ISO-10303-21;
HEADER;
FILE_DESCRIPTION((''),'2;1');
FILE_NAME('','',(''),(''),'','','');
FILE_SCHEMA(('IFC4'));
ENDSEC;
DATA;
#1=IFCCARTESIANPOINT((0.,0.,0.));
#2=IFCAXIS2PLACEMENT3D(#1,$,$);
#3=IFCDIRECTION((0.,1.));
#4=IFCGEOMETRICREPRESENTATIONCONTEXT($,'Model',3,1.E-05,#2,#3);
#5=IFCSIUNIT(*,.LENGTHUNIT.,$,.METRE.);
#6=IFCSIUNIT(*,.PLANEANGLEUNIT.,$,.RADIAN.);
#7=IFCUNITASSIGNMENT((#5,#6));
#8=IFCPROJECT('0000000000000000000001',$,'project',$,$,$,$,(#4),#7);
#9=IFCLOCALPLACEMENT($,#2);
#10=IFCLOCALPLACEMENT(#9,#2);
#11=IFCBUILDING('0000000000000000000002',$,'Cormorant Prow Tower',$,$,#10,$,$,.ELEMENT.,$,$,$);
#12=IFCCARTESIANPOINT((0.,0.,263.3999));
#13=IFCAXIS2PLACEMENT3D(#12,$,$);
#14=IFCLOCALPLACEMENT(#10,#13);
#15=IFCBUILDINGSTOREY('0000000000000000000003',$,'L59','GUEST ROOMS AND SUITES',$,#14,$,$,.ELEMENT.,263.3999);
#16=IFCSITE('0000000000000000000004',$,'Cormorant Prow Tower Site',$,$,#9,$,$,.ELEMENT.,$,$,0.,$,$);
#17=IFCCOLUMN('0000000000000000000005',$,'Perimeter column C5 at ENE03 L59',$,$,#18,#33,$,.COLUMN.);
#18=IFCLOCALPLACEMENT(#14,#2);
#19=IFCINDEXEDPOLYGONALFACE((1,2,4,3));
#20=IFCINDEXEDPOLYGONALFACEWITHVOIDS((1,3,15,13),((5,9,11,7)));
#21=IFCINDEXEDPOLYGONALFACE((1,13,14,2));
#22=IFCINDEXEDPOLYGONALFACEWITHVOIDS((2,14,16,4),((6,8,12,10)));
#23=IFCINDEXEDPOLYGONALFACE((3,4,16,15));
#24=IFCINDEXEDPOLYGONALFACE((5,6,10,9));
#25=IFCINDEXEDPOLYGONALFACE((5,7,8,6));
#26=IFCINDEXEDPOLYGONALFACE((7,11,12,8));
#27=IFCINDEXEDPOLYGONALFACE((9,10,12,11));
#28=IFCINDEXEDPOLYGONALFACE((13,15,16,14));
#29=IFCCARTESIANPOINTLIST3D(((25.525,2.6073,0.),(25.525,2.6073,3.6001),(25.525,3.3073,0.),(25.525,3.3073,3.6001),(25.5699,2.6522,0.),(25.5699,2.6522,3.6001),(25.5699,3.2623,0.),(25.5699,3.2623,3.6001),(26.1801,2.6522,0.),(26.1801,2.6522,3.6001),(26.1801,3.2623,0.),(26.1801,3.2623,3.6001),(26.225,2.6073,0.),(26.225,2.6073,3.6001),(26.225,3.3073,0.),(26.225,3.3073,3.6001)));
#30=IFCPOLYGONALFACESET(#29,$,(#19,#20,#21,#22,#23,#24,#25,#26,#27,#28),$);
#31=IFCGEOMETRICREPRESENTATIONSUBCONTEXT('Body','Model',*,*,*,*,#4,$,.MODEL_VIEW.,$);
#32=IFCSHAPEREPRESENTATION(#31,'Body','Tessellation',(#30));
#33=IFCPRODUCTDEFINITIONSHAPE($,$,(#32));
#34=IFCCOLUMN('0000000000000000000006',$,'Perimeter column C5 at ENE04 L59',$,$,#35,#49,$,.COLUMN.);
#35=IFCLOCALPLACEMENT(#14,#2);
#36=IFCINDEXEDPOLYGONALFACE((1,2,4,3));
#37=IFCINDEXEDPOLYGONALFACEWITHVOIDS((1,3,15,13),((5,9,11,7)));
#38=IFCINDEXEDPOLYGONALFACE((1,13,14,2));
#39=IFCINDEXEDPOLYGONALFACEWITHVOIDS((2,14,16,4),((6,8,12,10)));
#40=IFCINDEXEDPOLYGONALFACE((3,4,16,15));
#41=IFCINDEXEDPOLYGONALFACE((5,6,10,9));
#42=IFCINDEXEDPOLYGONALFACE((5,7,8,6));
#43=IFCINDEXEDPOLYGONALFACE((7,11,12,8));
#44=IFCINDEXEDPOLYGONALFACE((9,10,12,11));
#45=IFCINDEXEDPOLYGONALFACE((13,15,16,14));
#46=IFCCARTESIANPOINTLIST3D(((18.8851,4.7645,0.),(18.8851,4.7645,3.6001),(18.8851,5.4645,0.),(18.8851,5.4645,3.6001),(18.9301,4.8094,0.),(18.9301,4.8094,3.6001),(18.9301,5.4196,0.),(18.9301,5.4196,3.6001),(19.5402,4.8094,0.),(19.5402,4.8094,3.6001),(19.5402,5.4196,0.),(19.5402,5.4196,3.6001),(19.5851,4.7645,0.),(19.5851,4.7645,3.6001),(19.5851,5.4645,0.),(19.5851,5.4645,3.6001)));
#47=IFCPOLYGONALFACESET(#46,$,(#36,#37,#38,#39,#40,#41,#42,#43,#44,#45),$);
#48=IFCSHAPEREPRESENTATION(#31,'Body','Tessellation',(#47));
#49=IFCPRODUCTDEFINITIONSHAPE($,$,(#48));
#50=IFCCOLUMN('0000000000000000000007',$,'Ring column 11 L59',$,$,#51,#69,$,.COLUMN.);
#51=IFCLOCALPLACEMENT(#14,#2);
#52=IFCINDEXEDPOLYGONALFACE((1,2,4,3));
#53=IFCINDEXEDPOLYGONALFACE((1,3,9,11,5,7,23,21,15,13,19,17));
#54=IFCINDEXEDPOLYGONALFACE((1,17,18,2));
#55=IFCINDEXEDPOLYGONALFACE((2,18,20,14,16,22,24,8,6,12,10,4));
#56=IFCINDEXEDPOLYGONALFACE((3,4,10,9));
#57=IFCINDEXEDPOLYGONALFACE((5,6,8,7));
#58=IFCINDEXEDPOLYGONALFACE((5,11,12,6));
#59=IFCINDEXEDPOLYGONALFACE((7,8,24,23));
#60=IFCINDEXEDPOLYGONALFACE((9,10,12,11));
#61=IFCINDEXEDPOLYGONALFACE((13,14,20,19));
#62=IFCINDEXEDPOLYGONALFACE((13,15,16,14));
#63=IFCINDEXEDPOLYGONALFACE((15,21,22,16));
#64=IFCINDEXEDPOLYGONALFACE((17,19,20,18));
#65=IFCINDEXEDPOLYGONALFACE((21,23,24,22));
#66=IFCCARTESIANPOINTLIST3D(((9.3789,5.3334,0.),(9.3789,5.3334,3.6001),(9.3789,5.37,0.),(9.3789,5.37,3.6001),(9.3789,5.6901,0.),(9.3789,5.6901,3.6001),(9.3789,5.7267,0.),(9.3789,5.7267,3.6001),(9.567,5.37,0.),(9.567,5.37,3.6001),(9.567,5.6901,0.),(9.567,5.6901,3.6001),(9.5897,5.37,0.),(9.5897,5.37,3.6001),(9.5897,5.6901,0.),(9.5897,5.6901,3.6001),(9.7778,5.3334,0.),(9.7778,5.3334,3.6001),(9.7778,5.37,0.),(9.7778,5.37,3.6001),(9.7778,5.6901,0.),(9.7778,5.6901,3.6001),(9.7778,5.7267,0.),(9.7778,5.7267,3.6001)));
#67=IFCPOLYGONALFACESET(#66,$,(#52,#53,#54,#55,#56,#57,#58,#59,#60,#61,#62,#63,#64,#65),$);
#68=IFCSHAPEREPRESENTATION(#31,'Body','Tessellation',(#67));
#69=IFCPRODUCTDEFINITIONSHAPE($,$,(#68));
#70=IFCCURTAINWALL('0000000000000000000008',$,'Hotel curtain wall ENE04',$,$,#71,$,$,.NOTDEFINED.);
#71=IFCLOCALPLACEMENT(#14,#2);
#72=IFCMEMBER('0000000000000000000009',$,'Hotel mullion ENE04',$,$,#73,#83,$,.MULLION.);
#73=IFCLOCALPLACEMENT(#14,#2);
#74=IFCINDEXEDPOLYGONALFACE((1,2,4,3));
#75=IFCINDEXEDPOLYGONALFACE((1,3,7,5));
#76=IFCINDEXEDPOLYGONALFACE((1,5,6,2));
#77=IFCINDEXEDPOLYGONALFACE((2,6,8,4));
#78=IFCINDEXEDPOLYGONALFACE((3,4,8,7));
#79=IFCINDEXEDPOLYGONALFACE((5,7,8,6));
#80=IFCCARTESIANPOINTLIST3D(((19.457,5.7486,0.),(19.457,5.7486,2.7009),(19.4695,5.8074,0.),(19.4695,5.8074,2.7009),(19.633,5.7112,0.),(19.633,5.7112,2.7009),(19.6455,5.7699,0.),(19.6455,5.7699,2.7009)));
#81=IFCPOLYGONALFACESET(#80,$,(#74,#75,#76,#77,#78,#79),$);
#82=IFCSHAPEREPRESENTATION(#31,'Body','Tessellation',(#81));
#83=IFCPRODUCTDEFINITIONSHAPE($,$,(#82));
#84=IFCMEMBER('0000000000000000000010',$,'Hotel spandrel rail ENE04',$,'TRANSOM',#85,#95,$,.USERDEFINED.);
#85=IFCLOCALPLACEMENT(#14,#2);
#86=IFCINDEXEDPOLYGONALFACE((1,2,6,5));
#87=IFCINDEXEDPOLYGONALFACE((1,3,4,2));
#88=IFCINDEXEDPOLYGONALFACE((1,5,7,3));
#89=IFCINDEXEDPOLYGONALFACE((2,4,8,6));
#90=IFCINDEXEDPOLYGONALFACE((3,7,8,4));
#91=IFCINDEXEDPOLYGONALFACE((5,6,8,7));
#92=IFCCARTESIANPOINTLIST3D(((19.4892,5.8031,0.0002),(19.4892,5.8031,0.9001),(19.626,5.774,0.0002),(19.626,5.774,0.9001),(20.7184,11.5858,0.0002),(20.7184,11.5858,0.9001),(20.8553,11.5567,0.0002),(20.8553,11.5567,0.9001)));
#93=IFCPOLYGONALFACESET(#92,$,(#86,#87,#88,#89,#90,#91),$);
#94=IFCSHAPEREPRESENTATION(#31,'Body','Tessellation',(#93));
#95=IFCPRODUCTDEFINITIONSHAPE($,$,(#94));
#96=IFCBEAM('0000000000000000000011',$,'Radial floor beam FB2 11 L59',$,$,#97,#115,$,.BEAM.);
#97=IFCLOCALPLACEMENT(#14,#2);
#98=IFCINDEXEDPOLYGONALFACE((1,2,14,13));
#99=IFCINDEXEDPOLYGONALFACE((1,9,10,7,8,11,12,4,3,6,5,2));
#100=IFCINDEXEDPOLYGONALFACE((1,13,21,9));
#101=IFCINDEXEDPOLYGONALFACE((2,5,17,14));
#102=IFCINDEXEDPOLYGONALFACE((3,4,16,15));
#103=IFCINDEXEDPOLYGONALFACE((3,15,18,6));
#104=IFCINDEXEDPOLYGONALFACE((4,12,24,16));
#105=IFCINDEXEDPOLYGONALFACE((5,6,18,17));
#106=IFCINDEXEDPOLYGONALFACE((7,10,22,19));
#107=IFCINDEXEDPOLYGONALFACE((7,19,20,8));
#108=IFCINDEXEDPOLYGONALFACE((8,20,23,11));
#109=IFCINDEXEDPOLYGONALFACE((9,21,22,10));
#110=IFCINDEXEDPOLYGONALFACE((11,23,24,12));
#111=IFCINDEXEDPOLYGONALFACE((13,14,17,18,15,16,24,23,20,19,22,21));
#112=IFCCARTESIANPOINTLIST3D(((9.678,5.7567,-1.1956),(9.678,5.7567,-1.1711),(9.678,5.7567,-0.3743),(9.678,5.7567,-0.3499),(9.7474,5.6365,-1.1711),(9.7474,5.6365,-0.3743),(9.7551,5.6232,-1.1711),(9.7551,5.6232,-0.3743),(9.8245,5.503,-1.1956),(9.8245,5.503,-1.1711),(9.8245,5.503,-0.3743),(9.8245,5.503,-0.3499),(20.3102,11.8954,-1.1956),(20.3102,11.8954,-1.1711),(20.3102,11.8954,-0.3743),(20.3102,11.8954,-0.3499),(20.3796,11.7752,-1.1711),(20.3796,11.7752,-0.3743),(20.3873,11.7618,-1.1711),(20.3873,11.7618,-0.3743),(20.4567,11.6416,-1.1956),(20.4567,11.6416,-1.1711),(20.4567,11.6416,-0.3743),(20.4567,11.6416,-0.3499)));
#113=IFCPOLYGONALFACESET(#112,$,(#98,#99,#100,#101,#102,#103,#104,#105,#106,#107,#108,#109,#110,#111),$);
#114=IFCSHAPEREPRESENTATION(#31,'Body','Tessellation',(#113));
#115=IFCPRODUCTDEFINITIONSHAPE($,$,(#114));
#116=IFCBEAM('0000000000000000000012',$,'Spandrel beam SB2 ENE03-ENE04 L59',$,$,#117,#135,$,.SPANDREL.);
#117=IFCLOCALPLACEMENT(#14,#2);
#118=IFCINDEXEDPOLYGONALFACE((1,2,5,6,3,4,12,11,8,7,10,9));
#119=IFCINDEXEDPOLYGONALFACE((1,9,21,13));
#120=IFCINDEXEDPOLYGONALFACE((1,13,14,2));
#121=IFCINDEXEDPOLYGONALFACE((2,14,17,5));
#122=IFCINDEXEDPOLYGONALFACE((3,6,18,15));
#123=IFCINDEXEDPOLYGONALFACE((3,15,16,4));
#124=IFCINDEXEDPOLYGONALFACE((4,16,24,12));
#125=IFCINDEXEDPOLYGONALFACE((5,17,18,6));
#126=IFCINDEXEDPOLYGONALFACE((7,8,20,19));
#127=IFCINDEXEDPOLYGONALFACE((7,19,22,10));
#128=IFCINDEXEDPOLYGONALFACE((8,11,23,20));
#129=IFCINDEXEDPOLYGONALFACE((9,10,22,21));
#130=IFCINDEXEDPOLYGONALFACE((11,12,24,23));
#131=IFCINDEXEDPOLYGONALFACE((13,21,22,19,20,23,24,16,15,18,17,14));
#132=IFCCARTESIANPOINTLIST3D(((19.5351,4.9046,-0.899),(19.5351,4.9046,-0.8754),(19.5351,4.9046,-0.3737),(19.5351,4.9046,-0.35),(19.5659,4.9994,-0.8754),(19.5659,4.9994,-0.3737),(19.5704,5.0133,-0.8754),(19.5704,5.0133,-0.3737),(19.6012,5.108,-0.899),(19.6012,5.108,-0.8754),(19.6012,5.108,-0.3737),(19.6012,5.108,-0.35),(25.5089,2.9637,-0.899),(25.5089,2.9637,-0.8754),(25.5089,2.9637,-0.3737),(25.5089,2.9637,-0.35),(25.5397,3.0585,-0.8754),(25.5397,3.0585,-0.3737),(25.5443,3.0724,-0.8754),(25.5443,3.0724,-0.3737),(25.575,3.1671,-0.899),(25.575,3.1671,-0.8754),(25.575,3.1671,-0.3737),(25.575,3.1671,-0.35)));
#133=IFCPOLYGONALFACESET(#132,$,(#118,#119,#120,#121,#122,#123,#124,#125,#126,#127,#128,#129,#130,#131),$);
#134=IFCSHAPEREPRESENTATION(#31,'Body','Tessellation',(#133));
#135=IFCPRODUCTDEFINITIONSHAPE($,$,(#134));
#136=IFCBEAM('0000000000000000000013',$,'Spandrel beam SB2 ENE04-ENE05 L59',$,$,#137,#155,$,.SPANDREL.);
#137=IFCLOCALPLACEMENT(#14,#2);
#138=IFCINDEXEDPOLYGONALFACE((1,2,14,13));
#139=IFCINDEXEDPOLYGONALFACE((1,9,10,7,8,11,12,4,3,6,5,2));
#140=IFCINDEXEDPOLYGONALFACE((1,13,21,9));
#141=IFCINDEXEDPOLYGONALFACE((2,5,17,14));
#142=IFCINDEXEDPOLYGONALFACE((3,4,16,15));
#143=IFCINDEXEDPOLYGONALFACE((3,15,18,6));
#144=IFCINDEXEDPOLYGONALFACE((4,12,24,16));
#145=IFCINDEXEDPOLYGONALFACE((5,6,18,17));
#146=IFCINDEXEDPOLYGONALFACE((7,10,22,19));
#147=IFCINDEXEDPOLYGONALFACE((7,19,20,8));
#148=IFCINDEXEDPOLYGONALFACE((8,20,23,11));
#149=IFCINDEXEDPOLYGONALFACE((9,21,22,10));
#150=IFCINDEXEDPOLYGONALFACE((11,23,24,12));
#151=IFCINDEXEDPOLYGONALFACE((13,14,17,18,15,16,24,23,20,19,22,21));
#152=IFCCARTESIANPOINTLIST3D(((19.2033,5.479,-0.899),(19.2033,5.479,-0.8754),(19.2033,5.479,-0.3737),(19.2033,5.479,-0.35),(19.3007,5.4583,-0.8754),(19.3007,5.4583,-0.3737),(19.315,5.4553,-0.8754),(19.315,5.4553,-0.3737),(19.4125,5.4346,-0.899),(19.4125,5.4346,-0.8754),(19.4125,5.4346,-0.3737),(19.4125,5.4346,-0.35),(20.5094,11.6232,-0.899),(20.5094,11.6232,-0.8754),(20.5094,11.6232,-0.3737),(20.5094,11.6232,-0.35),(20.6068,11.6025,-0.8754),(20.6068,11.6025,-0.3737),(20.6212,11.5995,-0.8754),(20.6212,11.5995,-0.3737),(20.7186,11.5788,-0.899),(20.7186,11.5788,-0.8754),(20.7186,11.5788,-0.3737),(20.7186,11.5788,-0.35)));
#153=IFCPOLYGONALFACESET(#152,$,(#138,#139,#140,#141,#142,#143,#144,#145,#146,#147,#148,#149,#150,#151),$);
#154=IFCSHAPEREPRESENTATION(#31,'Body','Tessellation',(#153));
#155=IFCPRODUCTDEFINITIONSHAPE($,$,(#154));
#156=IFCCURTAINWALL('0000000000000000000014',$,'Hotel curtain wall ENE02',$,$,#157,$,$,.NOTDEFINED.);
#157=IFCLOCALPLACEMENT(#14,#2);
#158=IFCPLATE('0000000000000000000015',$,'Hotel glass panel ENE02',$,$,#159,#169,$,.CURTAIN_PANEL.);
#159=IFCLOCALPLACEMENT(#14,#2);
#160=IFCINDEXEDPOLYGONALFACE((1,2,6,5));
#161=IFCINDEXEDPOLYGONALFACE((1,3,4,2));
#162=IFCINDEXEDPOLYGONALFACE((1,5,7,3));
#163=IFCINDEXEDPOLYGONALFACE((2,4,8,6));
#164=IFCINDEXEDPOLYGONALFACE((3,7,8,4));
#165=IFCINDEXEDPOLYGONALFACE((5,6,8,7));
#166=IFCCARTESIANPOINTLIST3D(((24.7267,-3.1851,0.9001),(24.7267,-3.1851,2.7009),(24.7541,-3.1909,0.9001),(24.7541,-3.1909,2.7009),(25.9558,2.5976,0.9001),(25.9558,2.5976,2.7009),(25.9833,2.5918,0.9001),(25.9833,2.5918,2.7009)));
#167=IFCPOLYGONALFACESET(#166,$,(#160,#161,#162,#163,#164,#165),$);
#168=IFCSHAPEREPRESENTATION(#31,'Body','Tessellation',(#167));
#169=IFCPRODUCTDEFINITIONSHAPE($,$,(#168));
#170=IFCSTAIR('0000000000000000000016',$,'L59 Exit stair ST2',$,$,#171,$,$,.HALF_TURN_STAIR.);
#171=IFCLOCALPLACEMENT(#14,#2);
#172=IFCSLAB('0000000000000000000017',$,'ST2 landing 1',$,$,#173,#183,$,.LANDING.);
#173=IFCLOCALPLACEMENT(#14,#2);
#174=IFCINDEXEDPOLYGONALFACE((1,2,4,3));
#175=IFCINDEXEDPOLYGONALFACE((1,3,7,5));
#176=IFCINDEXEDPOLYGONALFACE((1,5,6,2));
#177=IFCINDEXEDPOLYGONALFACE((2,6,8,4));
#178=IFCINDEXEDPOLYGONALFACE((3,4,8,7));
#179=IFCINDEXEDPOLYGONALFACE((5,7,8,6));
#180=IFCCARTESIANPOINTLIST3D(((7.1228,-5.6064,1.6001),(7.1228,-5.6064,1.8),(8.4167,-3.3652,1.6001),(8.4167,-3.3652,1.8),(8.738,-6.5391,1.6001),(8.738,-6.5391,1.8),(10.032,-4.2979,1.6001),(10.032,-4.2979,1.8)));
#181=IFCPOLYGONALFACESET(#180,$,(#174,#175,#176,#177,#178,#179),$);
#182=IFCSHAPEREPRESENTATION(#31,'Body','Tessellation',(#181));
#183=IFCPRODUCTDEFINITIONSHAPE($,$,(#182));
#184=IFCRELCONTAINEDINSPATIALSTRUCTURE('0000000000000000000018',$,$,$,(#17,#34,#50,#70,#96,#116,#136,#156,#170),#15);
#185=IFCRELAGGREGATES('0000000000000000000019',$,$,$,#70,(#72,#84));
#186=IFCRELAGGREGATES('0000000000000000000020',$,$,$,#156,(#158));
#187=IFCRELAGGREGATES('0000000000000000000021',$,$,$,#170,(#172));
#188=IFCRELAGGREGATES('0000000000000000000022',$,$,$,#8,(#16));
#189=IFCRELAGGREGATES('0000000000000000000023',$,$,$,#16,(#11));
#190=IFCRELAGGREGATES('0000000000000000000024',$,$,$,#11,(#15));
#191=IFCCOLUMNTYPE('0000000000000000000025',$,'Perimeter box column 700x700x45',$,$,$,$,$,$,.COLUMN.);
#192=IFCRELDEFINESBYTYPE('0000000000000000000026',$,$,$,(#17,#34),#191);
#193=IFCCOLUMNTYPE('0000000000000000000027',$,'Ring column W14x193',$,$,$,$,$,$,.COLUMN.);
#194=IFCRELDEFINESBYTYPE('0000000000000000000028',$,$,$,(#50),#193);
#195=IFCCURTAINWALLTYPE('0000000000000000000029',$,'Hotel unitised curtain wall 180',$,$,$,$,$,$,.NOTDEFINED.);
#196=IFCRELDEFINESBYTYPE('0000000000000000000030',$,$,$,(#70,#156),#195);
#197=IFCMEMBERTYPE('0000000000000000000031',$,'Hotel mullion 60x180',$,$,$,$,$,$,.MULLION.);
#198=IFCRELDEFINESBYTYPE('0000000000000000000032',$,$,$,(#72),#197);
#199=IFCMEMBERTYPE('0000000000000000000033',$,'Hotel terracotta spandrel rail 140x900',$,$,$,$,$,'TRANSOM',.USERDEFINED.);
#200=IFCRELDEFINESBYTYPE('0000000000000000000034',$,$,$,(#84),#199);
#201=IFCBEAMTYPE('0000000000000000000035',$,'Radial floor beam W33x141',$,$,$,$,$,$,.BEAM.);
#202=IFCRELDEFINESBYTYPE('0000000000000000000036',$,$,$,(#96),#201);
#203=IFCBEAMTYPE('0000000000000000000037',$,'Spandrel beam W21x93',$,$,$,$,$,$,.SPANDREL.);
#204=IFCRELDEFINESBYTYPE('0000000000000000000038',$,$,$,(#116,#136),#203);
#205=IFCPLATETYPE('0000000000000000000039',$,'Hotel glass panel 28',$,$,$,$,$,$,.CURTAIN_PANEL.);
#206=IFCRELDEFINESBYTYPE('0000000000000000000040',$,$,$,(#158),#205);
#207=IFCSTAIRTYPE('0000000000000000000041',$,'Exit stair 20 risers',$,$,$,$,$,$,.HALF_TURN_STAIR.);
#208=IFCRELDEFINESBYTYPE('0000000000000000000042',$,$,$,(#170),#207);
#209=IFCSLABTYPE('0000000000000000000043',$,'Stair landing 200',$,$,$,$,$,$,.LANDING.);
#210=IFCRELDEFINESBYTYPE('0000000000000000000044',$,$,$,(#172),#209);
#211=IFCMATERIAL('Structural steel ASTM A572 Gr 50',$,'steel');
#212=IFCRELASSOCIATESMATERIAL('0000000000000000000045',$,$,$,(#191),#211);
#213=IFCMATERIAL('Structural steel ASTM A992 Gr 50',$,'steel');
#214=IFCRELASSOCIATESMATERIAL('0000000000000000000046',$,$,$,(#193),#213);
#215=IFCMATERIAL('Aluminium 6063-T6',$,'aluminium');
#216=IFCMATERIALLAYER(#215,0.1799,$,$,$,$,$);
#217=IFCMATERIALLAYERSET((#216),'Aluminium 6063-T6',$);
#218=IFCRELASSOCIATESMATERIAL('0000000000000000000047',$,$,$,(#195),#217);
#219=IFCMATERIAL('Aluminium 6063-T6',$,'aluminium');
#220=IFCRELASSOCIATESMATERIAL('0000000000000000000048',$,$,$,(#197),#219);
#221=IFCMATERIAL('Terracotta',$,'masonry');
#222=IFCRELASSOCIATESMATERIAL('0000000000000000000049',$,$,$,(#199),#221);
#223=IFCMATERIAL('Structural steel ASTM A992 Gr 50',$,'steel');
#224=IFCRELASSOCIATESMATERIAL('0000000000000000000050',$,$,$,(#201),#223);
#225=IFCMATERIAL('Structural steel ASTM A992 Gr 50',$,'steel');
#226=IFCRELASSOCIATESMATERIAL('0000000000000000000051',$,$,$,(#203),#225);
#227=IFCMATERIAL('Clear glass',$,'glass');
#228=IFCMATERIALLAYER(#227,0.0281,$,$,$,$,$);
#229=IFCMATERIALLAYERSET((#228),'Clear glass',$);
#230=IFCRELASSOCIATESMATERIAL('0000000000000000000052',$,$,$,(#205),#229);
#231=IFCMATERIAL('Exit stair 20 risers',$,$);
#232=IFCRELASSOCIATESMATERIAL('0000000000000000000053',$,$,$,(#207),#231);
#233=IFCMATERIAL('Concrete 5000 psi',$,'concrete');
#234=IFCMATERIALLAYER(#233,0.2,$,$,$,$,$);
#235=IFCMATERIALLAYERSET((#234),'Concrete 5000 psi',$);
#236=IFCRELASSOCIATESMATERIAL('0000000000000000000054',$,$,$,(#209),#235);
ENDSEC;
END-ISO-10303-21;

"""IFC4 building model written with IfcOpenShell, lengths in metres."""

from ifc_helpers import new_model, si_unit, direction, frame, origin, origin_2d, place, context, subcontext, project, spatial, polyline, rectangle, hollow_rectangle, i_section, outline, extrude, material, layer, layer_set, material_profile, profile_set, type_object, element, aggregate, save


model = new_model("IFC4")

# Units and contexts
model_context = context("Model", 3, precision=1e-05, world=origin(), true_north=direction((0.0, 1.0)))
body_context = subcontext(model_context, "Body", "Model", "MODEL_VIEW")
ifc_project = project(units=[si_unit("LENGTHUNIT", "METRE"), si_unit("PLANEANGLEUNIT", "RADIAN")], contexts=[model_context])

# Site, building, storey
site_placement = place(None, origin())
site = spatial("IfcSite", under=ifc_project, at=site_placement, Name="Cormorant Prow Tower Site", CompositionType="ELEMENT", RefElevation=0.0)
building_placement = place(site_placement, origin())
building = spatial("IfcBuilding", under=site, at=building_placement, Name="Cormorant Prow Tower", CompositionType="ELEMENT")
storey_placement = place(building_placement, frame((0.0, 0.0, 263.3999)))
storey = spatial("IfcBuildingStorey", under=building, at=storey_placement, Name="L59", Description="GUEST ROOMS AND SUITES", CompositionType="ELEMENT", Elevation=263.3999)

# Columns
ifc_material_1 = material(Name="Structural steel ASTM A572 Gr 50", Category="steel")
ifc_material_profile_1 = material_profile(ifc_material_1, hollow_rectangle(XDim=0.7, YDim=0.7, WallThickness=0.0449, at=origin_2d()), Name="Box 700x700x45")
ifc_profile_set_1 = profile_set([ifc_material_profile_1], Name="Structural steel ASTM A572 Gr 50")
column_type_1 = type_object("IfcColumnType", Name="Perimeter box column 700x700x45", PredefinedType="COLUMN", material=ifc_profile_set_1)
for number, where, z_axis, x_axis, name in (
    (1, (25.875, 2.9573, 0.0), (0.0, 0.0, 1.0), (1.0, 0.0, 0.0), "Perimeter column C5 at ENE03 L59"),
    (2, (19.2351, 5.1145, 0.0), (0.0, 0.0, 1.0), (1.0, 0.0, 0.0), "Perimeter column C5 at ENE04 L59"),
):
    element("IfcColumn", number, at=place(storey_placement, frame(where, z_axis=z_axis, x_axis=x_axis)), inside=storey, type_object=column_type_1, Name=name, PredefinedType="COLUMN", context=body_context, shape_type="SweptSolid", body=[
        extrude(hollow_rectangle(XDim=0.7, YDim=0.7, WallThickness=0.0449, at=origin_2d()), origin(), (0.0, 0.0, 1.0), 3.6001),
    ])
ifc_material_2 = material(Name="Structural steel ASTM A992 Gr 50", Category="steel")
ifc_material_profile_2 = material_profile(ifc_material_2, i_section(OverallWidth=0.3989, OverallDepth=0.3933, WebThickness=0.0227, FlangeThickness=0.0366, at=origin_2d()), Name="W14x193")
ifc_profile_set_2 = profile_set([ifc_material_profile_2], Name="Structural steel ASTM A992 Gr 50")
column_type_2 = type_object("IfcColumnType", Name="Ring column W14x193", PredefinedType="COLUMN", material=ifc_profile_set_2)
column_placement = place(storey_placement, frame((9.5784, 5.53, 0.0), z_axis=(0.0, 0.0, 1.0), x_axis=(1.0, 0.0, 0.0)))
element("IfcColumn", 3, at=column_placement, inside=storey, type_object=column_type_2, Name="Ring column 11 L59", PredefinedType="COLUMN", context=body_context, shape_type="SweptSolid", body=[
    extrude(i_section(OverallWidth=0.3989, OverallDepth=0.3933, WebThickness=0.0227, FlangeThickness=0.0366, at=origin_2d()), origin(), (0.0, 0.0, 1.0), 3.6001),
])

# Curtain wall, members
ifc_material_3 = material(Name="Aluminium 6063-T6", Category="aluminium")
ifc_layer_1 = layer(ifc_material_3, 0.1799)
ifc_layer_set_1 = layer_set([ifc_layer_1], Name="Aluminium 6063-T6")
curtain_wall_type = type_object("IfcCurtainWallType", Name="Hotel unitised curtain wall 180", PredefinedType="NOTDEFINED", material=ifc_layer_set_1)
curtain_wall_1_placement = place(storey_placement, origin())
curtain_wall_1 = element("IfcCurtainWall", 4, at=curtain_wall_1_placement, inside=storey, type_object=curtain_wall_type, Name="Hotel curtain wall ENE04", PredefinedType="NOTDEFINED")
ifc_material_4 = material(Name="Aluminium 6063-T6", Category="aluminium")
ifc_material_profile_3 = material_profile(ifc_material_4, rectangle(XDim=0.1799, YDim=0.0601, at=origin_2d()), Name="Hotel mullion 60x180")
ifc_profile_set_3 = profile_set([ifc_material_profile_3], Name="Aluminium 6063-T6")
member_type_1 = type_object("IfcMemberType", Name="Hotel mullion 60x180", PredefinedType="MULLION", material=ifc_profile_set_3)
member_1_placement = place(storey_placement, frame((19.5513, 5.7593, 0.0), z_axis=(0.0, 0.0, 1.0), x_axis=(-0.978148, 0.207912, 0.0)))
member_1 = element("IfcMember", 5, at=member_1_placement, type_object=member_type_1, Name="Hotel mullion ENE04", PredefinedType="MULLION", context=body_context, shape_type="SweptSolid", body=[
    extrude(rectangle(XDim=0.1799, YDim=0.0601, at=origin_2d()), origin(), (0.0, 0.0, 1.0), 2.7009),
])
ifc_material_5 = material(Name="Terracotta", Category="masonry")
ifc_material_profile_4 = material_profile(ifc_material_5, rectangle(XDim=0.1399, YDim=0.8999, at=origin_2d()), Name="Hotel terracotta spandrel rail 140x900")
ifc_profile_set_4 = profile_set([ifc_material_profile_4], Name="Terracotta")
member_type_2 = type_object("IfcMemberType", Name="Hotel terracotta spandrel rail 140x900", ElementType="TRANSOM", PredefinedType="USERDEFINED", material=ifc_profile_set_4)
member_2_placement = place(storey_placement, frame((19.5576, 5.7886, 0.4502), z_axis=(0.207927, 0.978144, 0.0), x_axis=(-0.978144, 0.207927, 0.0)))
member_2 = element("IfcMember", 6, at=member_2_placement, type_object=member_type_2, Name="Hotel spandrel rail ENE04", ObjectType="TRANSOM", PredefinedType="USERDEFINED", context=body_context, shape_type="SweptSolid", body=[
    extrude(rectangle(XDim=0.1399, YDim=0.8999, at=origin_2d()), origin(), (0.0, 0.0, 1.0), 5.9119),
])
aggregate(curtain_wall_1, [member_1, member_2])

# Beams
ifc_material_6 = material(Name="Structural steel ASTM A992 Gr 50", Category="steel")
ifc_material_profile_5 = material_profile(ifc_material_6, i_section(OverallWidth=0.293, OverallDepth=0.8457, WebThickness=0.0154, FlangeThickness=0.0244, at=origin_2d()), Name="W33x141")
ifc_profile_set_5 = profile_set([ifc_material_profile_5], Name="Structural steel ASTM A992 Gr 50")
beam_type_1 = type_object("IfcBeamType", Name="Radial floor beam W33x141", PredefinedType="BEAM", material=ifc_profile_set_5)
beam_1_placement = place(storey_placement, frame((9.7512, 5.6299, -0.7727), z_axis=(0.866022, 0.500006, 0.0), x_axis=(-0.500006, 0.866022, 0.0)))
element("IfcBeam", 7, at=beam_1_placement, inside=storey, type_object=beam_type_1, Name="Radial floor beam FB2 11 L59", PredefinedType="BEAM", context=body_context, shape_type="SweptSolid", body=[
    extrude(i_section(OverallWidth=0.293, OverallDepth=0.8457, WebThickness=0.0154, FlangeThickness=0.0244, at=origin_2d()), origin(), (0.0, 0.0, 1.0), 12.2771),
])
ifc_material_7 = material(Name="Structural steel ASTM A992 Gr 50", Category="steel")
ifc_material_profile_6 = material_profile(ifc_material_7, i_section(OverallWidth=0.2139, OverallDepth=0.5491, WebThickness=0.0146, FlangeThickness=0.0237, at=origin_2d()), Name="W21x93")
ifc_profile_set_6 = profile_set([ifc_material_profile_6], Name="Structural steel ASTM A992 Gr 50")
beam_type_2 = type_object("IfcBeamType", Name="Spandrel beam W21x93", PredefinedType="SPANDREL", material=ifc_profile_set_6)
beam_2_placement = place(storey_placement, frame((25.542, 3.0654, -0.6245), z_axis=(-0.951062, 0.309001, 0.0), x_axis=(-0.309001, -0.951062, 0.0)))
element("IfcBeam", 8, at=beam_2_placement, inside=storey, type_object=beam_type_2, Name="Spandrel beam SB2 ENE03-ENE04 L59", PredefinedType="SPANDREL", context=body_context, shape_type="SweptSolid", body=[
    extrude(i_section(OverallWidth=0.2139, OverallDepth=0.5491, WebThickness=0.0146, FlangeThickness=0.0237, at=origin_2d()), origin(), (0.0, 0.0, 1.0), 6.2812),
])
beam_3_placement = place(storey_placement, frame((19.3079, 5.4568, -0.6245), z_axis=(0.207934, 0.978143, 0.0), x_axis=(-0.978143, 0.207934, 0.0)))
element("IfcBeam", 9, at=beam_3_placement, inside=storey, type_object=beam_type_2, Name="Spandrel beam SB2 ENE04-ENE05 L59", PredefinedType="SPANDREL", context=body_context, shape_type="SweptSolid", body=[
    extrude(i_section(OverallWidth=0.2139, OverallDepth=0.5491, WebThickness=0.0146, FlangeThickness=0.0237, at=origin_2d()), origin(), (0.0, 0.0, 1.0), 6.2815),
])

# Curtain wall, plate
curtain_wall_2_placement = place(storey_placement, origin())
curtain_wall_2 = element("IfcCurtainWall", 10, at=curtain_wall_2_placement, inside=storey, type_object=curtain_wall_type, Name="Hotel curtain wall ENE02", PredefinedType="NOTDEFINED")
ifc_material_8 = material(Name="Clear glass", Category="glass")
ifc_layer_2 = layer(ifc_material_8, 0.0281)
ifc_layer_set_2 = layer_set([ifc_layer_2], Name="Clear glass")
plate_type = type_object("IfcPlateType", Name="Hotel glass panel 28", PredefinedType="CURTAIN_PANEL", material=ifc_layer_set_2)
plate_placement = place(storey_placement, frame((25.355, -0.2966, 0.9001), z_axis=(0.0, 0.0, 1.0), x_axis=(0.207912, 0.978148, 0.0)))
plate = element("IfcPlate", 11, at=plate_placement, type_object=plate_type, Name="Hotel glass panel ENE02", PredefinedType="CURTAIN_PANEL", context=body_context, shape_type="SweptSolid", body=[
    extrude(rectangle(XDim=5.9119, YDim=0.0281, at=origin_2d()), origin(), (0.0, 0.0, 1.0), 1.8008),
])
aggregate(curtain_wall_2, [plate])

# Stair, slab
ifc_material_9 = material(Name="Exit stair 20 risers")
stair_type = type_object("IfcStairType", Name="Exit stair 20 risers", PredefinedType="HALF_TURN_STAIR", material=ifc_material_9)
stair_1_placement = place(storey_placement, origin())
stair_1 = element("IfcStair", 12, at=stair_1_placement, inside=storey, type_object=stair_type, Name="L59 Exit stair ST2", PredefinedType="HALF_TURN_STAIR")
ifc_material_10 = material(Name="Concrete 5000 psi", Category="concrete")
ifc_layer_3 = layer(ifc_material_10, 0.2)
ifc_layer_set_3 = layer_set([ifc_layer_3], Name="Concrete 5000 psi")
slab_type = type_object("IfcSlabType", Name="Stair landing 200", PredefinedType="LANDING", material=ifc_layer_set_3)
slab_1_placement = place(storey_placement, frame((0.0, 0.0, 1.6001)))
slab_1 = element("IfcSlab", 13, at=slab_1_placement, type_object=slab_type, Name="ST2 landing 1", PredefinedType="LANDING", context=body_context, shape_type="SweptSolid", body=[
    extrude(outline(polyline([(7.1228, -5.6064), (8.738, -6.5391), (10.032, -4.2979), (8.4167, -3.3652), (7.1228, -5.6064)])), origin(), (0.0, 0.0, 1.0), 0.2),
])
aggregate(stair_1, [slab_1])

save(model, "model.ifc")
